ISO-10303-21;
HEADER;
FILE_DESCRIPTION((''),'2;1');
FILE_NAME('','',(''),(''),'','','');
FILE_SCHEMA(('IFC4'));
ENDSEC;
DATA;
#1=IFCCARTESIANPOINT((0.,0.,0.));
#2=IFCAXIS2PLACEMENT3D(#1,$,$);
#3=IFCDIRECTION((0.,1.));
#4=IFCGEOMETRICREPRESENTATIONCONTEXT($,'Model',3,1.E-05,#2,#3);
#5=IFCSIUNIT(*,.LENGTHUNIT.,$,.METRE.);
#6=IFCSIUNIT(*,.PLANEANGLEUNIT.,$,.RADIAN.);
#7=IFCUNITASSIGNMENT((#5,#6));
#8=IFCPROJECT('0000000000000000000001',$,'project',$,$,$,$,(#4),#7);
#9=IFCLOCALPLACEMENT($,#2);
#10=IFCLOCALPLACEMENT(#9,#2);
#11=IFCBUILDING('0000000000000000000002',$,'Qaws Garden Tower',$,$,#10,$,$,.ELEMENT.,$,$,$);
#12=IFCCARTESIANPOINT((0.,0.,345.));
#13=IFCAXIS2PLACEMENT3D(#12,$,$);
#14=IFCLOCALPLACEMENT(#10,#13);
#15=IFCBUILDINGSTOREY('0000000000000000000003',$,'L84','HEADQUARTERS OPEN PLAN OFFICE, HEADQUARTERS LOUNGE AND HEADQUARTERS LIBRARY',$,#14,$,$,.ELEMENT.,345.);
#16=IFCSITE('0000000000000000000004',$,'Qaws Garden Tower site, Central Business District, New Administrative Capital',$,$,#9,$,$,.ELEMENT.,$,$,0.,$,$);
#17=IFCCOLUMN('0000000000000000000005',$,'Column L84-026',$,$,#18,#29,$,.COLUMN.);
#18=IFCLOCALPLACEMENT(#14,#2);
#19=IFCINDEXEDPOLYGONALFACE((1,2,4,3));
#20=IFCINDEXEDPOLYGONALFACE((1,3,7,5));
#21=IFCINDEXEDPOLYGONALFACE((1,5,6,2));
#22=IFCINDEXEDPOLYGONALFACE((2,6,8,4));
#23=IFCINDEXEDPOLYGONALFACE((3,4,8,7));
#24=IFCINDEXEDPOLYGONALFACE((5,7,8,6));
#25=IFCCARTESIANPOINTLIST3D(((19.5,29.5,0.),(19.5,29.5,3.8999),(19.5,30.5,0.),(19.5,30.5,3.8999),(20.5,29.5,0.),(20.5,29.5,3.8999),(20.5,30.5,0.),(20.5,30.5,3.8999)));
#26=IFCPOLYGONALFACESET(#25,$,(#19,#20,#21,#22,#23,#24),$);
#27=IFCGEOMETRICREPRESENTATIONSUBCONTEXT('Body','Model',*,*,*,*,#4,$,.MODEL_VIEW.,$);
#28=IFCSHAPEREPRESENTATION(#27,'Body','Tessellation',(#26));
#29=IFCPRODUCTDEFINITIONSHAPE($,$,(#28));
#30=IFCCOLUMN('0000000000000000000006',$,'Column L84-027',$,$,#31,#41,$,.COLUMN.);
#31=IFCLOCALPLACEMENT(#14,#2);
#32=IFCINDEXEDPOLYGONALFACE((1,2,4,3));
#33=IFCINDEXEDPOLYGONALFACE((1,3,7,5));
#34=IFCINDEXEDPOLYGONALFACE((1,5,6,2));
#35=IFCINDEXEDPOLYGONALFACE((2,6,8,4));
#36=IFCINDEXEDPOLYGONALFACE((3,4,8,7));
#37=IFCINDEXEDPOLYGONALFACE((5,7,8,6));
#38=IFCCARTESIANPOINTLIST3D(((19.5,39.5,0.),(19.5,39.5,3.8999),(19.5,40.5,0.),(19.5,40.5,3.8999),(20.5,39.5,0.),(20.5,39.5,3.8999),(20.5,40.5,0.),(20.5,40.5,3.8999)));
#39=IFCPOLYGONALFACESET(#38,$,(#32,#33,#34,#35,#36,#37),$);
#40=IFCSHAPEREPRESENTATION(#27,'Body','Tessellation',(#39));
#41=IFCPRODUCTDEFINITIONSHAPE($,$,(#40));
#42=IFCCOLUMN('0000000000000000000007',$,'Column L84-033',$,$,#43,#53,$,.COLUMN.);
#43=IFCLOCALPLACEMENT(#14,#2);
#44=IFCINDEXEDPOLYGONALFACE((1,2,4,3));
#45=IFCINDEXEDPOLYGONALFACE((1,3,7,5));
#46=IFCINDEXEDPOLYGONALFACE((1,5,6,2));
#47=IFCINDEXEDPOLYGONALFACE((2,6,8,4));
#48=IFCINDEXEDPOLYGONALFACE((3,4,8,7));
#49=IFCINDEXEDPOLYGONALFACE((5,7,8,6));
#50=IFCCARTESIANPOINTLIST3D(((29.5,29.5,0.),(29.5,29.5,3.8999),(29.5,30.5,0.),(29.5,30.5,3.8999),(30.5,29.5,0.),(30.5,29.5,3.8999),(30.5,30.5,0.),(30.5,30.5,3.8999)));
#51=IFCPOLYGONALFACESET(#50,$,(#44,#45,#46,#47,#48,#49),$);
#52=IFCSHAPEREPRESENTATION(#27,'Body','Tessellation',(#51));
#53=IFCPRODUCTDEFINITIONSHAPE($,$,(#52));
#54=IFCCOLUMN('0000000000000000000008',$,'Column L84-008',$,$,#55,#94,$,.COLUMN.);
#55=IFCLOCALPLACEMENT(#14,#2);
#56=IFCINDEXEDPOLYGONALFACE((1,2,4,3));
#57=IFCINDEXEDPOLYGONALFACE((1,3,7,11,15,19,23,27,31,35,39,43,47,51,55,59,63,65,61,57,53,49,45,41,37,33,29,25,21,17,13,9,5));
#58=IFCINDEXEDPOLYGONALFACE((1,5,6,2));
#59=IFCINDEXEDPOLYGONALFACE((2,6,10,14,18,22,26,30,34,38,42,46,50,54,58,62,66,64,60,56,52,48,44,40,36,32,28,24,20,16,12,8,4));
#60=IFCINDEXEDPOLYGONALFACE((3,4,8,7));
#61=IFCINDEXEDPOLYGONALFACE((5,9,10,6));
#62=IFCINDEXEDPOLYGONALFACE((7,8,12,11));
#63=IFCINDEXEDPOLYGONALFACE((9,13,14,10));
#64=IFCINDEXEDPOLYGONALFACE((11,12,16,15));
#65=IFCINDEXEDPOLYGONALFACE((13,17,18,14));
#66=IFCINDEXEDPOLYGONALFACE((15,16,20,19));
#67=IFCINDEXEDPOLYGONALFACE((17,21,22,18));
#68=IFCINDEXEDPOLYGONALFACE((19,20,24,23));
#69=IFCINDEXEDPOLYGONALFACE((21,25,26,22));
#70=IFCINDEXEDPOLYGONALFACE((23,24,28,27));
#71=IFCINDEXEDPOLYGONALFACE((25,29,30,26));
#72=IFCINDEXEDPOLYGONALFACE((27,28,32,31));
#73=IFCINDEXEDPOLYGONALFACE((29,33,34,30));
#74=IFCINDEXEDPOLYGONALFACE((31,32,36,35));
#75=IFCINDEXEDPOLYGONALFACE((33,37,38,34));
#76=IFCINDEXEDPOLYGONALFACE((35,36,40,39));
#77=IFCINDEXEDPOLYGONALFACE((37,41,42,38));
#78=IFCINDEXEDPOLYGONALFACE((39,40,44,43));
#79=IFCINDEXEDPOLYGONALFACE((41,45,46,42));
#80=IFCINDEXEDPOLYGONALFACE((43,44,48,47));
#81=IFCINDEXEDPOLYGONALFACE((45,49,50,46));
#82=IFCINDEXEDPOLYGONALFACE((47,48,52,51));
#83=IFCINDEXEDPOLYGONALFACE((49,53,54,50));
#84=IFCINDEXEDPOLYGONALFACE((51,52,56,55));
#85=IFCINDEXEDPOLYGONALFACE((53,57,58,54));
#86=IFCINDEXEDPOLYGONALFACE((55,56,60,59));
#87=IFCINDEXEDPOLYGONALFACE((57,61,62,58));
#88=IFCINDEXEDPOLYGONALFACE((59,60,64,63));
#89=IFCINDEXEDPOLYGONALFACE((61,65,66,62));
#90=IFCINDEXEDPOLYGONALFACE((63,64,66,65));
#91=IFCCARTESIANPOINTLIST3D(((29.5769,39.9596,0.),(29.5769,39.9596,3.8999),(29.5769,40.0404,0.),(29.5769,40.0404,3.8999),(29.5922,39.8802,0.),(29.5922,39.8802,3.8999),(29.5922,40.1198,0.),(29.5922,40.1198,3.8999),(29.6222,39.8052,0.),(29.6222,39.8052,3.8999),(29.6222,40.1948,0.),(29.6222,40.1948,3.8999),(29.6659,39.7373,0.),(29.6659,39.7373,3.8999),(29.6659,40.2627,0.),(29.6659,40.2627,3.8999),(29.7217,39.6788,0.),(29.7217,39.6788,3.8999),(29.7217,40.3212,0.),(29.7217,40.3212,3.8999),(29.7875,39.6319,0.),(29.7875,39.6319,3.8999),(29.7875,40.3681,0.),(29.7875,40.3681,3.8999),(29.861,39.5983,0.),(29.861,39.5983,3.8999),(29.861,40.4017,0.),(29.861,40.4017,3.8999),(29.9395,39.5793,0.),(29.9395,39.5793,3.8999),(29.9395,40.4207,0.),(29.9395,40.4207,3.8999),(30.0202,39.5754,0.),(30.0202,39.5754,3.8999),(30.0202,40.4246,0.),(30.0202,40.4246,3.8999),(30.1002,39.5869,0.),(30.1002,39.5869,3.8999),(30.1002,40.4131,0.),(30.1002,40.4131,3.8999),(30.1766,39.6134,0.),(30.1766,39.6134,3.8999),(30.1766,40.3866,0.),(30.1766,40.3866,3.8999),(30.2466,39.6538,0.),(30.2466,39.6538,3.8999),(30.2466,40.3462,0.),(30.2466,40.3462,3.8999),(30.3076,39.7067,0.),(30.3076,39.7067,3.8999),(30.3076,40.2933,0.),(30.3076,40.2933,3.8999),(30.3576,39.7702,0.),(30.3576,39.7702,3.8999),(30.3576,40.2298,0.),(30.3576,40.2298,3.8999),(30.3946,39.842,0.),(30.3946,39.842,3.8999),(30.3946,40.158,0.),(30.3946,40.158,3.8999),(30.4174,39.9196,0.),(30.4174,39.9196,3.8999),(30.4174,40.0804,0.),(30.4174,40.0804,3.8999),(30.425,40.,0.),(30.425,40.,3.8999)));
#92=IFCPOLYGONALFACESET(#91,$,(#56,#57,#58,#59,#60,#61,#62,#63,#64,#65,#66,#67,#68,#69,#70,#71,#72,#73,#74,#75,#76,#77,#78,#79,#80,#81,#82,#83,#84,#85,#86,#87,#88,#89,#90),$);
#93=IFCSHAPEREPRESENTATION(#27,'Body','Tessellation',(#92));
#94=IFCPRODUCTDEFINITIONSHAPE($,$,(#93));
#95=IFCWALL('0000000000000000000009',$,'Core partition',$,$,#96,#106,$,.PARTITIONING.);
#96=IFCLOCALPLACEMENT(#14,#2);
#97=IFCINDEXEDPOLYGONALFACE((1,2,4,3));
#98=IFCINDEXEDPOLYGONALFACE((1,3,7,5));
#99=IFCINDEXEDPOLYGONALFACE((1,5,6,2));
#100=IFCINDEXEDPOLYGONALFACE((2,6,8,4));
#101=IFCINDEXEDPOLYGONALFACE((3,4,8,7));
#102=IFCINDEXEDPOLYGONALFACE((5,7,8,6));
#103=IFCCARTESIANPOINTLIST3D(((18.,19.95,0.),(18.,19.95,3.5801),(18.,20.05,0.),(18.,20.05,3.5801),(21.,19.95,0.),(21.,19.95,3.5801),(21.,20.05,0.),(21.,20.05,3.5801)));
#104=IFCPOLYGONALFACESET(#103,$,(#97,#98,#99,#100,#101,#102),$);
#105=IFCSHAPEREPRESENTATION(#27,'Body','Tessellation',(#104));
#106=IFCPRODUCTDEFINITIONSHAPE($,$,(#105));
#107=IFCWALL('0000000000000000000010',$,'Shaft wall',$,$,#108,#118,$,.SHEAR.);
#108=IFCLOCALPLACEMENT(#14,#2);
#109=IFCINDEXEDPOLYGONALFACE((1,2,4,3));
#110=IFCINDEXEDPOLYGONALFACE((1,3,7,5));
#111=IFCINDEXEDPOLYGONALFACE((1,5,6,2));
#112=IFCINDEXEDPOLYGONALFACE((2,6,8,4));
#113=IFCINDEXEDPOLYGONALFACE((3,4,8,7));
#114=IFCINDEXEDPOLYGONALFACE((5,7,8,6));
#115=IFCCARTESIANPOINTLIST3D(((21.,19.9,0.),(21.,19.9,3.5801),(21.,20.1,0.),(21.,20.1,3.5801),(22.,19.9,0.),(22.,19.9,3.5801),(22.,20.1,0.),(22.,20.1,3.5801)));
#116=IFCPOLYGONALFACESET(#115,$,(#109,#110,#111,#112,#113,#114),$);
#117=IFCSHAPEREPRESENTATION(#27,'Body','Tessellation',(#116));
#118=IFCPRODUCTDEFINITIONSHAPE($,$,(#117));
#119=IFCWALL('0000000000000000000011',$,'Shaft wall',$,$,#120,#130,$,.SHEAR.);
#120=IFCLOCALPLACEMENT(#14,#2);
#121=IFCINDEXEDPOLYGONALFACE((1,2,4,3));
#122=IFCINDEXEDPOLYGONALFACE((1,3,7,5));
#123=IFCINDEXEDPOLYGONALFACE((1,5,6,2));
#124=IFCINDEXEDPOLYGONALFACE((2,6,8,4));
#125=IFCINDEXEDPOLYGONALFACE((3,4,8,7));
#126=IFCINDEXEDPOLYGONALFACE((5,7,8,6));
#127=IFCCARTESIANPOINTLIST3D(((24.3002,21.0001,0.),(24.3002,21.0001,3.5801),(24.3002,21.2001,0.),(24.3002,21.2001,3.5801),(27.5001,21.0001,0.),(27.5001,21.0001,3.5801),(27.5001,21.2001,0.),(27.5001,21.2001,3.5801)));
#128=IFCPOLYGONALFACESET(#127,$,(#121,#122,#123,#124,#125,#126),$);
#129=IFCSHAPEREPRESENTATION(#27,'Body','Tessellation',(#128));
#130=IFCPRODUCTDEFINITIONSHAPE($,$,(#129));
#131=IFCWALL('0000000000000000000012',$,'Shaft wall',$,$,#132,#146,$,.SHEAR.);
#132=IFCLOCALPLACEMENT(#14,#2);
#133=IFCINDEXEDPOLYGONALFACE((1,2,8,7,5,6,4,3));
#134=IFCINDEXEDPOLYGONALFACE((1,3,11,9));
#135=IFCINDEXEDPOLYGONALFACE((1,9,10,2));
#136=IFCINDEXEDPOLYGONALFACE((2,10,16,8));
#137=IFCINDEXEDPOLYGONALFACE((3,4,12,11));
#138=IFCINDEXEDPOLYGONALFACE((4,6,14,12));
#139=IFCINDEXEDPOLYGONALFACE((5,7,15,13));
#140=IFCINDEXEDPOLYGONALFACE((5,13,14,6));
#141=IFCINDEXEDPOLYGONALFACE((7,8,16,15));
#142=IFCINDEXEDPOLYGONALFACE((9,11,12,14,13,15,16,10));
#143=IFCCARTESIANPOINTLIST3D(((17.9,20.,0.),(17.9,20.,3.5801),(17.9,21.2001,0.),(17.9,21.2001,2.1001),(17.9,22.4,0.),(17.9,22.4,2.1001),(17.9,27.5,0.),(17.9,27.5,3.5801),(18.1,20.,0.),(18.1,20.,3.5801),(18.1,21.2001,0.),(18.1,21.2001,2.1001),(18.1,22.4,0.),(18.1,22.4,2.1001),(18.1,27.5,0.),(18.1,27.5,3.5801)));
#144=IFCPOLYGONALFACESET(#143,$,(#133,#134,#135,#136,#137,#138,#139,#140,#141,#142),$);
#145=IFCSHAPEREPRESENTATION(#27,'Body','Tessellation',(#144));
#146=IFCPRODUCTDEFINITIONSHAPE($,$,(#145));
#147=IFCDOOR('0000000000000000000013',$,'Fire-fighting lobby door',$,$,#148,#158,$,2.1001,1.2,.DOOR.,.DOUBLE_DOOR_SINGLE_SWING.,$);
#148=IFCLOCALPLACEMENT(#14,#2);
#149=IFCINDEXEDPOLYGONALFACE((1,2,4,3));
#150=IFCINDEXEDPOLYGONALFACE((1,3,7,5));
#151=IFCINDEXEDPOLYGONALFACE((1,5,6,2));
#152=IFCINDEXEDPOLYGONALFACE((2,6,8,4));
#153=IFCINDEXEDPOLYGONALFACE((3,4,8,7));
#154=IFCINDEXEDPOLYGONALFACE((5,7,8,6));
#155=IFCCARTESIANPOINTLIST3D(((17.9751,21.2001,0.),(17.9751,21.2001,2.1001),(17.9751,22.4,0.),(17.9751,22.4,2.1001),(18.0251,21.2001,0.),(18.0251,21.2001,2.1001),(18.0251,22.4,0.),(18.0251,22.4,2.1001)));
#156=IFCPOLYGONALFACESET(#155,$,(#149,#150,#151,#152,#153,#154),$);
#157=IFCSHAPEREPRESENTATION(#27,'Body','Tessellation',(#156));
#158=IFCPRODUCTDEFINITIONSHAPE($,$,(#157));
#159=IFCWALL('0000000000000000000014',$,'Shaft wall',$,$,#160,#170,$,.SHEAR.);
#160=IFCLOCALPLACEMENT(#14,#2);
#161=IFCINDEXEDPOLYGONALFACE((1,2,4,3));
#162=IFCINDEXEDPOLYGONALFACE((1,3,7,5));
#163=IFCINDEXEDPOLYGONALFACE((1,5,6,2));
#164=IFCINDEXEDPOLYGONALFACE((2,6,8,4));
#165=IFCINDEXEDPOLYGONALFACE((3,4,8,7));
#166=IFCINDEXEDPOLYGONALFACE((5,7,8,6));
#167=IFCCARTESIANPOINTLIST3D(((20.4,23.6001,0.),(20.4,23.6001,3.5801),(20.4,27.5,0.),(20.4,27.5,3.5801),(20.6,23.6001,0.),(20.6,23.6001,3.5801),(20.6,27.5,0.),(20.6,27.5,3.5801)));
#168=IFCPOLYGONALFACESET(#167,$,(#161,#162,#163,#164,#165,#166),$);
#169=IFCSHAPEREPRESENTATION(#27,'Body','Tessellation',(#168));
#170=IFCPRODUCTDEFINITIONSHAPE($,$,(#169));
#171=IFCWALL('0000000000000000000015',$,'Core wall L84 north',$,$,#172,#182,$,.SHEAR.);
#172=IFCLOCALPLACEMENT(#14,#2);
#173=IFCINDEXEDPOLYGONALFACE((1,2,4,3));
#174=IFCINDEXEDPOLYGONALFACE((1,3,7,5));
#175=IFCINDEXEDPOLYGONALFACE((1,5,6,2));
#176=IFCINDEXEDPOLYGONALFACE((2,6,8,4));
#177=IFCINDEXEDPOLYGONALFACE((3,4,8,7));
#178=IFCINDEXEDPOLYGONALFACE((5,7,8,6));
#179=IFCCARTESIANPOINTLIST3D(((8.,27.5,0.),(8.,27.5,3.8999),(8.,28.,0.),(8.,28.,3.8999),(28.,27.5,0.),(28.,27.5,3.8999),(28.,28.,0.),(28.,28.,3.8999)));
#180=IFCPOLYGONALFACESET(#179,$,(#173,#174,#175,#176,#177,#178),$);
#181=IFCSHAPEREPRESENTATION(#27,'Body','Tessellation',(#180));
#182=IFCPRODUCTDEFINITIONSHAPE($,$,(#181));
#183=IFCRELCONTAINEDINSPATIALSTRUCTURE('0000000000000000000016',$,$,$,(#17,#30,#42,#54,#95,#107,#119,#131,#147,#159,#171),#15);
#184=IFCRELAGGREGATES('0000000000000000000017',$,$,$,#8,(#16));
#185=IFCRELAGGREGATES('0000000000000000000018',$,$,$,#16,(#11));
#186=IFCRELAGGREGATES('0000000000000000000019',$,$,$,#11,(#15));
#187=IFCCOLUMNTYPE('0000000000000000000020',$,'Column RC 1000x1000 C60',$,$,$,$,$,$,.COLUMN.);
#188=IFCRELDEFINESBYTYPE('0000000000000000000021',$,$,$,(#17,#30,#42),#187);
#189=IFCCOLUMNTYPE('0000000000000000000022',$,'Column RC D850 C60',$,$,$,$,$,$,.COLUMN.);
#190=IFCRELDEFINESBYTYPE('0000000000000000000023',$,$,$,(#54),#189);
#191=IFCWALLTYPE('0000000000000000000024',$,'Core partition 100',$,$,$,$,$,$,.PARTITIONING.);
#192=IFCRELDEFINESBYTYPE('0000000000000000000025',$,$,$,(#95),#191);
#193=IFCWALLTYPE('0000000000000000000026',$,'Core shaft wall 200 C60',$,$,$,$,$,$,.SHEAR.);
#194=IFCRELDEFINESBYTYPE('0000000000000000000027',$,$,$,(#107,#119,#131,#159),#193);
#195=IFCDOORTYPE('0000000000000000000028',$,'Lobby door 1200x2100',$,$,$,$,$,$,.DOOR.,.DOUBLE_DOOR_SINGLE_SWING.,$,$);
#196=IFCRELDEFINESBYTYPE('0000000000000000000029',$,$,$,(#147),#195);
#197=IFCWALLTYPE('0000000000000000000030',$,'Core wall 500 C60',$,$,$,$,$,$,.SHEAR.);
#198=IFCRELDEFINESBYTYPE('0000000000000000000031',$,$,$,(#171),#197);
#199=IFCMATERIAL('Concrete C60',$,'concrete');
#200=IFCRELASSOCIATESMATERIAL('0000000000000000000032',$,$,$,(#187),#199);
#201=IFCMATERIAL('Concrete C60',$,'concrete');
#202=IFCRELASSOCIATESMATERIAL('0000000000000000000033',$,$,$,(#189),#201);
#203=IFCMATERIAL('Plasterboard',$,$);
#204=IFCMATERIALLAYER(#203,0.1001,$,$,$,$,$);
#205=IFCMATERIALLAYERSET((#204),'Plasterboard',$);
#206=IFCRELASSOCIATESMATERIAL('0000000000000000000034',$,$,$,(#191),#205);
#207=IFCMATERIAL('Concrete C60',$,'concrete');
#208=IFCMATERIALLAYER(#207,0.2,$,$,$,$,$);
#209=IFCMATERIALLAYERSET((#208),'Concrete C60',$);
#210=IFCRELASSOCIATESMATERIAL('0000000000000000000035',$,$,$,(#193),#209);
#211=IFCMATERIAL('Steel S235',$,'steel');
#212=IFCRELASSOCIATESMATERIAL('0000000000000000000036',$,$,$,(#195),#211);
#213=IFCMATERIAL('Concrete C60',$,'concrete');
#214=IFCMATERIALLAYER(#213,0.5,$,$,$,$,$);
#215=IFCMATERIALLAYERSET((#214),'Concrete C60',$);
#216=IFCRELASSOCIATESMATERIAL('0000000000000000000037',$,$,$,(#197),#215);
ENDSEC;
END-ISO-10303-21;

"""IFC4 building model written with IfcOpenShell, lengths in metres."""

from ifc_helpers import new_model, si_unit, direction, frame, frame_2d, origin, origin_2d, place, context, subcontext, project, spatial, rectangle, circle, extrude, material, layer, layer_set, material_profile, profile_set, type_object, element, fill, save


model = new_model("IFC4")

# Units and contexts
model_context = context("Model", 3, precision=1e-05, world=origin(), true_north=direction((0.0, 1.0)))
body_context = subcontext(model_context, "Body", "Model", "MODEL_VIEW")
ifc_project = project(units=[si_unit("LENGTHUNIT", "METRE"), si_unit("PLANEANGLEUNIT", "RADIAN")], contexts=[model_context])

# Site, building, storey
site_placement = place(None, origin())
site = spatial("IfcSite", under=ifc_project, at=site_placement, Name="Qaws Garden Tower site, Central Business District, New Administrative Capital", CompositionType="ELEMENT", RefElevation=0.0)
building_placement = place(site_placement, origin())
building = spatial("IfcBuilding", under=site, at=building_placement, Name="Qaws Garden Tower", CompositionType="ELEMENT")
storey_placement = place(building_placement, frame((0.0, 0.0, 345.0)))
storey = spatial("IfcBuildingStorey", under=building, at=storey_placement, Name="L84", Description="HEADQUARTERS OPEN PLAN OFFICE, HEADQUARTERS LOUNGE AND HEADQUARTERS LIBRARY", CompositionType="ELEMENT", Elevation=345.0)

# Columns
ifc_material_1 = material(Name="Concrete C60", Category="concrete")
ifc_material_profile_1 = material_profile(ifc_material_1, rectangle(XDim=1.0, YDim=1.0, at=origin_2d()), Name="RC 1000x1000")
ifc_profile_set_1 = profile_set([ifc_material_profile_1], Name="Concrete C60")
column_type_1 = type_object("IfcColumnType", Name="Column RC 1000x1000 C60", PredefinedType="COLUMN", material=ifc_profile_set_1)
for number, where, z_axis, x_axis, name in (
    (1, (20.0, 30.0, 0.0), (0.0, 0.0, 1.0), (1.0, 0.0, 0.0), "Column L84-026"),
    (2, (20.0, 40.0, 0.0), (0.0, 0.0, 1.0), (1.0, 0.0, 0.0), "Column L84-027"),
    (3, (30.0, 30.0, 0.0), (0.0, 0.0, 1.0), (1.0, 0.0, 0.0), "Column L84-033"),
):
    element("IfcColumn", number, at=place(storey_placement, frame(where, z_axis=z_axis, x_axis=x_axis)), inside=storey, type_object=column_type_1, Name=name, PredefinedType="COLUMN", context=body_context, shape_type="SweptSolid", body=[
        extrude(rectangle(XDim=1.0, YDim=1.0, at=origin_2d()), origin(), (0.0, 0.0, 1.0), 3.8999),
    ])
ifc_material_2 = material(Name="Concrete C60", Category="concrete")
ifc_material_profile_2 = material_profile(ifc_material_2, circle(Radius=0.425, at=origin_2d()), Name="RC D850")
ifc_profile_set_2 = profile_set([ifc_material_profile_2], Name="Concrete C60")
column_type_2 = type_object("IfcColumnType", Name="Column RC D850 C60", PredefinedType="COLUMN", material=ifc_profile_set_2)
column_placement = place(storey_placement, frame((30.0, 40.0, 0.0), z_axis=(0.0, 0.0, 1.0), x_axis=(1.0, 0.0, 0.0)))
element("IfcColumn", 4, at=column_placement, inside=storey, type_object=column_type_2, Name="Column L84-008", PredefinedType="COLUMN", context=body_context, shape_type="SweptSolid", body=[
    extrude(circle(Radius=0.425, at=origin_2d()), origin(), (0.0, 0.0, 1.0), 3.8999),
])

# Walls
ifc_material_3 = material(Name="Plasterboard")
ifc_layer_1 = layer(ifc_material_3, 0.1001)
ifc_layer_set_1 = layer_set([ifc_layer_1], Name="Plasterboard")
wall_type_1 = type_object("IfcWallType", Name="Core partition 100", PredefinedType="PARTITIONING", material=ifc_layer_set_1)
wall_1_placement = place(storey_placement, frame((18.0, 20.0, 0.0), z_axis=(0.0, 0.0, 1.0), x_axis=(1.0, 0.0, 0.0)))
element("IfcWall", 5, at=wall_1_placement, inside=storey, type_object=wall_type_1, Name="Core partition", PredefinedType="PARTITIONING", context=body_context, shape_type="SweptSolid", body=[
    extrude(rectangle(XDim=3.0, YDim=0.1001, at=frame_2d((1.5, 0.0))), origin(), (0.0, 0.0, 1.0), 3.5801),
])
ifc_material_4 = material(Name="Concrete C60", Category="concrete")
ifc_layer_2 = layer(ifc_material_4, 0.2)
ifc_layer_set_2 = layer_set([ifc_layer_2], Name="Concrete C60")
wall_type_2 = type_object("IfcWallType", Name="Core shaft wall 200 C60", PredefinedType="SHEAR", material=ifc_layer_set_2)
wall_2_placement = place(storey_placement, frame((21.0, 20.0, 0.0), z_axis=(0.0, 0.0, 1.0), x_axis=(1.0, 0.0, 0.0)))
element("IfcWall", 6, at=wall_2_placement, inside=storey, type_object=wall_type_2, Name="Shaft wall", PredefinedType="SHEAR", context=body_context, shape_type="SweptSolid", body=[
    extrude(rectangle(XDim=1.0, YDim=0.2, at=frame_2d((0.5, 0.0))), origin(), (0.0, 0.0, 1.0), 3.5801),
])
wall_3_placement = place(storey_placement, frame((24.3, 21.1001, 0.0), z_axis=(0.0, 0.0, 1.0), x_axis=(1.0, 0.0, 0.0)))
element("IfcWall", 7, at=wall_3_placement, inside=storey, type_object=wall_type_2, Name="Shaft wall", PredefinedType="SHEAR", context=body_context, shape_type="SweptSolid", body=[
    extrude(rectangle(XDim=3.2, YDim=0.2, at=frame_2d((1.6001, 0.0))), origin(), (0.0, 0.0, 1.0), 3.5801),
])

# Wall, opening, door
wall_4_placement = place(storey_placement, frame((18.0, 20.0, 0.0), z_axis=(0.0, 0.0, 1.0), x_axis=(0.0, 1.0, 0.0)))
wall_4 = element("IfcWall", 8, at=wall_4_placement, inside=storey, type_object=wall_type_2, Name="Shaft wall", PredefinedType="SHEAR", context=body_context, shape_type="SweptSolid", body=[
    extrude(rectangle(XDim=7.5, YDim=0.2, at=frame_2d((3.75, 0.0))), origin(), (0.0, 0.0, 1.0), 3.5801),
])
opening_1_placement = place(wall_4_placement, frame((1.2, 0.0, 0.0)))
opening_1 = element("IfcOpeningElement", 9, at=opening_1_placement, cuts=wall_4, PredefinedType="OPENING", context=body_context, shape_type="SweptSolid", body=[
    extrude(rectangle(XDim=1.2, YDim=2.1001, at=frame_2d((0.6001, 1.05))), frame((0.0, 0.1099, 0.0), z_axis=(0.0, -1.0, 0.0), x_axis=(1.0, 0.0, 0.0)), (0.0, 0.0, 1.0), 0.22),
])
ifc_material_5 = material(Name="Steel S235", Category="steel")
door_type_1 = type_object("IfcDoorType", Name="Lobby door 1200x2100", OperationType="DOUBLE_DOOR_SINGLE_SWING", PredefinedType="DOOR", material=ifc_material_5)
door_1_placement = place(opening_1_placement, origin())
door_1 = element("IfcDoor", 10, at=door_1_placement, inside=storey, type_object=door_type_1, Name="Fire-fighting lobby door", OperationType="DOUBLE_DOOR_SINGLE_SWING", OverallHeight=2.1001, OverallWidth=1.2, PredefinedType="DOOR", context=body_context, shape_type="SweptSolid", body=[
    extrude(rectangle(XDim=1.2, YDim=2.1001, at=frame_2d((0.6001, 1.05))), frame((0.0, 0.0249, 0.0), z_axis=(0.0, -1.0, 0.0), x_axis=(1.0, 0.0, 0.0)), (0.0, 0.0, 1.0), 0.05),
])
fill(opening_1, door_1)

# Walls
wall_5_placement = place(storey_placement, frame((20.5, 23.6001, 0.0), z_axis=(0.0, 0.0, 1.0), x_axis=(0.0, 1.0, 0.0)))
element("IfcWall", 11, at=wall_5_placement, inside=storey, type_object=wall_type_2, Name="Shaft wall", PredefinedType="SHEAR", context=body_context, shape_type="SweptSolid", body=[
    extrude(rectangle(XDim=3.8999, YDim=0.2, at=frame_2d((1.95, 0.0))), origin(), (0.0, 0.0, 1.0), 3.5801),
])
ifc_material_6 = material(Name="Concrete C60", Category="concrete")
ifc_layer_3 = layer(ifc_material_6, 0.5)
ifc_layer_set_3 = layer_set([ifc_layer_3], Name="Concrete C60")
wall_type_3 = type_object("IfcWallType", Name="Core wall 500 C60", PredefinedType="SHEAR", material=ifc_layer_set_3)
wall_6_placement = place(storey_placement, frame((28.0, 27.75, 0.0), z_axis=(0.0, 0.0, 1.0), x_axis=(-1.0, 0.0, 0.0)))
element("IfcWall", 12, at=wall_6_placement, inside=storey, type_object=wall_type_3, Name="Core wall L84 north", PredefinedType="SHEAR", context=body_context, shape_type="SweptSolid", body=[
    extrude(rectangle(XDim=20.0, YDim=0.5, at=frame_2d((10.0, 0.0))), origin(), (0.0, 0.0, 1.0), 3.8999),
])

save(model, "model.ifc")
